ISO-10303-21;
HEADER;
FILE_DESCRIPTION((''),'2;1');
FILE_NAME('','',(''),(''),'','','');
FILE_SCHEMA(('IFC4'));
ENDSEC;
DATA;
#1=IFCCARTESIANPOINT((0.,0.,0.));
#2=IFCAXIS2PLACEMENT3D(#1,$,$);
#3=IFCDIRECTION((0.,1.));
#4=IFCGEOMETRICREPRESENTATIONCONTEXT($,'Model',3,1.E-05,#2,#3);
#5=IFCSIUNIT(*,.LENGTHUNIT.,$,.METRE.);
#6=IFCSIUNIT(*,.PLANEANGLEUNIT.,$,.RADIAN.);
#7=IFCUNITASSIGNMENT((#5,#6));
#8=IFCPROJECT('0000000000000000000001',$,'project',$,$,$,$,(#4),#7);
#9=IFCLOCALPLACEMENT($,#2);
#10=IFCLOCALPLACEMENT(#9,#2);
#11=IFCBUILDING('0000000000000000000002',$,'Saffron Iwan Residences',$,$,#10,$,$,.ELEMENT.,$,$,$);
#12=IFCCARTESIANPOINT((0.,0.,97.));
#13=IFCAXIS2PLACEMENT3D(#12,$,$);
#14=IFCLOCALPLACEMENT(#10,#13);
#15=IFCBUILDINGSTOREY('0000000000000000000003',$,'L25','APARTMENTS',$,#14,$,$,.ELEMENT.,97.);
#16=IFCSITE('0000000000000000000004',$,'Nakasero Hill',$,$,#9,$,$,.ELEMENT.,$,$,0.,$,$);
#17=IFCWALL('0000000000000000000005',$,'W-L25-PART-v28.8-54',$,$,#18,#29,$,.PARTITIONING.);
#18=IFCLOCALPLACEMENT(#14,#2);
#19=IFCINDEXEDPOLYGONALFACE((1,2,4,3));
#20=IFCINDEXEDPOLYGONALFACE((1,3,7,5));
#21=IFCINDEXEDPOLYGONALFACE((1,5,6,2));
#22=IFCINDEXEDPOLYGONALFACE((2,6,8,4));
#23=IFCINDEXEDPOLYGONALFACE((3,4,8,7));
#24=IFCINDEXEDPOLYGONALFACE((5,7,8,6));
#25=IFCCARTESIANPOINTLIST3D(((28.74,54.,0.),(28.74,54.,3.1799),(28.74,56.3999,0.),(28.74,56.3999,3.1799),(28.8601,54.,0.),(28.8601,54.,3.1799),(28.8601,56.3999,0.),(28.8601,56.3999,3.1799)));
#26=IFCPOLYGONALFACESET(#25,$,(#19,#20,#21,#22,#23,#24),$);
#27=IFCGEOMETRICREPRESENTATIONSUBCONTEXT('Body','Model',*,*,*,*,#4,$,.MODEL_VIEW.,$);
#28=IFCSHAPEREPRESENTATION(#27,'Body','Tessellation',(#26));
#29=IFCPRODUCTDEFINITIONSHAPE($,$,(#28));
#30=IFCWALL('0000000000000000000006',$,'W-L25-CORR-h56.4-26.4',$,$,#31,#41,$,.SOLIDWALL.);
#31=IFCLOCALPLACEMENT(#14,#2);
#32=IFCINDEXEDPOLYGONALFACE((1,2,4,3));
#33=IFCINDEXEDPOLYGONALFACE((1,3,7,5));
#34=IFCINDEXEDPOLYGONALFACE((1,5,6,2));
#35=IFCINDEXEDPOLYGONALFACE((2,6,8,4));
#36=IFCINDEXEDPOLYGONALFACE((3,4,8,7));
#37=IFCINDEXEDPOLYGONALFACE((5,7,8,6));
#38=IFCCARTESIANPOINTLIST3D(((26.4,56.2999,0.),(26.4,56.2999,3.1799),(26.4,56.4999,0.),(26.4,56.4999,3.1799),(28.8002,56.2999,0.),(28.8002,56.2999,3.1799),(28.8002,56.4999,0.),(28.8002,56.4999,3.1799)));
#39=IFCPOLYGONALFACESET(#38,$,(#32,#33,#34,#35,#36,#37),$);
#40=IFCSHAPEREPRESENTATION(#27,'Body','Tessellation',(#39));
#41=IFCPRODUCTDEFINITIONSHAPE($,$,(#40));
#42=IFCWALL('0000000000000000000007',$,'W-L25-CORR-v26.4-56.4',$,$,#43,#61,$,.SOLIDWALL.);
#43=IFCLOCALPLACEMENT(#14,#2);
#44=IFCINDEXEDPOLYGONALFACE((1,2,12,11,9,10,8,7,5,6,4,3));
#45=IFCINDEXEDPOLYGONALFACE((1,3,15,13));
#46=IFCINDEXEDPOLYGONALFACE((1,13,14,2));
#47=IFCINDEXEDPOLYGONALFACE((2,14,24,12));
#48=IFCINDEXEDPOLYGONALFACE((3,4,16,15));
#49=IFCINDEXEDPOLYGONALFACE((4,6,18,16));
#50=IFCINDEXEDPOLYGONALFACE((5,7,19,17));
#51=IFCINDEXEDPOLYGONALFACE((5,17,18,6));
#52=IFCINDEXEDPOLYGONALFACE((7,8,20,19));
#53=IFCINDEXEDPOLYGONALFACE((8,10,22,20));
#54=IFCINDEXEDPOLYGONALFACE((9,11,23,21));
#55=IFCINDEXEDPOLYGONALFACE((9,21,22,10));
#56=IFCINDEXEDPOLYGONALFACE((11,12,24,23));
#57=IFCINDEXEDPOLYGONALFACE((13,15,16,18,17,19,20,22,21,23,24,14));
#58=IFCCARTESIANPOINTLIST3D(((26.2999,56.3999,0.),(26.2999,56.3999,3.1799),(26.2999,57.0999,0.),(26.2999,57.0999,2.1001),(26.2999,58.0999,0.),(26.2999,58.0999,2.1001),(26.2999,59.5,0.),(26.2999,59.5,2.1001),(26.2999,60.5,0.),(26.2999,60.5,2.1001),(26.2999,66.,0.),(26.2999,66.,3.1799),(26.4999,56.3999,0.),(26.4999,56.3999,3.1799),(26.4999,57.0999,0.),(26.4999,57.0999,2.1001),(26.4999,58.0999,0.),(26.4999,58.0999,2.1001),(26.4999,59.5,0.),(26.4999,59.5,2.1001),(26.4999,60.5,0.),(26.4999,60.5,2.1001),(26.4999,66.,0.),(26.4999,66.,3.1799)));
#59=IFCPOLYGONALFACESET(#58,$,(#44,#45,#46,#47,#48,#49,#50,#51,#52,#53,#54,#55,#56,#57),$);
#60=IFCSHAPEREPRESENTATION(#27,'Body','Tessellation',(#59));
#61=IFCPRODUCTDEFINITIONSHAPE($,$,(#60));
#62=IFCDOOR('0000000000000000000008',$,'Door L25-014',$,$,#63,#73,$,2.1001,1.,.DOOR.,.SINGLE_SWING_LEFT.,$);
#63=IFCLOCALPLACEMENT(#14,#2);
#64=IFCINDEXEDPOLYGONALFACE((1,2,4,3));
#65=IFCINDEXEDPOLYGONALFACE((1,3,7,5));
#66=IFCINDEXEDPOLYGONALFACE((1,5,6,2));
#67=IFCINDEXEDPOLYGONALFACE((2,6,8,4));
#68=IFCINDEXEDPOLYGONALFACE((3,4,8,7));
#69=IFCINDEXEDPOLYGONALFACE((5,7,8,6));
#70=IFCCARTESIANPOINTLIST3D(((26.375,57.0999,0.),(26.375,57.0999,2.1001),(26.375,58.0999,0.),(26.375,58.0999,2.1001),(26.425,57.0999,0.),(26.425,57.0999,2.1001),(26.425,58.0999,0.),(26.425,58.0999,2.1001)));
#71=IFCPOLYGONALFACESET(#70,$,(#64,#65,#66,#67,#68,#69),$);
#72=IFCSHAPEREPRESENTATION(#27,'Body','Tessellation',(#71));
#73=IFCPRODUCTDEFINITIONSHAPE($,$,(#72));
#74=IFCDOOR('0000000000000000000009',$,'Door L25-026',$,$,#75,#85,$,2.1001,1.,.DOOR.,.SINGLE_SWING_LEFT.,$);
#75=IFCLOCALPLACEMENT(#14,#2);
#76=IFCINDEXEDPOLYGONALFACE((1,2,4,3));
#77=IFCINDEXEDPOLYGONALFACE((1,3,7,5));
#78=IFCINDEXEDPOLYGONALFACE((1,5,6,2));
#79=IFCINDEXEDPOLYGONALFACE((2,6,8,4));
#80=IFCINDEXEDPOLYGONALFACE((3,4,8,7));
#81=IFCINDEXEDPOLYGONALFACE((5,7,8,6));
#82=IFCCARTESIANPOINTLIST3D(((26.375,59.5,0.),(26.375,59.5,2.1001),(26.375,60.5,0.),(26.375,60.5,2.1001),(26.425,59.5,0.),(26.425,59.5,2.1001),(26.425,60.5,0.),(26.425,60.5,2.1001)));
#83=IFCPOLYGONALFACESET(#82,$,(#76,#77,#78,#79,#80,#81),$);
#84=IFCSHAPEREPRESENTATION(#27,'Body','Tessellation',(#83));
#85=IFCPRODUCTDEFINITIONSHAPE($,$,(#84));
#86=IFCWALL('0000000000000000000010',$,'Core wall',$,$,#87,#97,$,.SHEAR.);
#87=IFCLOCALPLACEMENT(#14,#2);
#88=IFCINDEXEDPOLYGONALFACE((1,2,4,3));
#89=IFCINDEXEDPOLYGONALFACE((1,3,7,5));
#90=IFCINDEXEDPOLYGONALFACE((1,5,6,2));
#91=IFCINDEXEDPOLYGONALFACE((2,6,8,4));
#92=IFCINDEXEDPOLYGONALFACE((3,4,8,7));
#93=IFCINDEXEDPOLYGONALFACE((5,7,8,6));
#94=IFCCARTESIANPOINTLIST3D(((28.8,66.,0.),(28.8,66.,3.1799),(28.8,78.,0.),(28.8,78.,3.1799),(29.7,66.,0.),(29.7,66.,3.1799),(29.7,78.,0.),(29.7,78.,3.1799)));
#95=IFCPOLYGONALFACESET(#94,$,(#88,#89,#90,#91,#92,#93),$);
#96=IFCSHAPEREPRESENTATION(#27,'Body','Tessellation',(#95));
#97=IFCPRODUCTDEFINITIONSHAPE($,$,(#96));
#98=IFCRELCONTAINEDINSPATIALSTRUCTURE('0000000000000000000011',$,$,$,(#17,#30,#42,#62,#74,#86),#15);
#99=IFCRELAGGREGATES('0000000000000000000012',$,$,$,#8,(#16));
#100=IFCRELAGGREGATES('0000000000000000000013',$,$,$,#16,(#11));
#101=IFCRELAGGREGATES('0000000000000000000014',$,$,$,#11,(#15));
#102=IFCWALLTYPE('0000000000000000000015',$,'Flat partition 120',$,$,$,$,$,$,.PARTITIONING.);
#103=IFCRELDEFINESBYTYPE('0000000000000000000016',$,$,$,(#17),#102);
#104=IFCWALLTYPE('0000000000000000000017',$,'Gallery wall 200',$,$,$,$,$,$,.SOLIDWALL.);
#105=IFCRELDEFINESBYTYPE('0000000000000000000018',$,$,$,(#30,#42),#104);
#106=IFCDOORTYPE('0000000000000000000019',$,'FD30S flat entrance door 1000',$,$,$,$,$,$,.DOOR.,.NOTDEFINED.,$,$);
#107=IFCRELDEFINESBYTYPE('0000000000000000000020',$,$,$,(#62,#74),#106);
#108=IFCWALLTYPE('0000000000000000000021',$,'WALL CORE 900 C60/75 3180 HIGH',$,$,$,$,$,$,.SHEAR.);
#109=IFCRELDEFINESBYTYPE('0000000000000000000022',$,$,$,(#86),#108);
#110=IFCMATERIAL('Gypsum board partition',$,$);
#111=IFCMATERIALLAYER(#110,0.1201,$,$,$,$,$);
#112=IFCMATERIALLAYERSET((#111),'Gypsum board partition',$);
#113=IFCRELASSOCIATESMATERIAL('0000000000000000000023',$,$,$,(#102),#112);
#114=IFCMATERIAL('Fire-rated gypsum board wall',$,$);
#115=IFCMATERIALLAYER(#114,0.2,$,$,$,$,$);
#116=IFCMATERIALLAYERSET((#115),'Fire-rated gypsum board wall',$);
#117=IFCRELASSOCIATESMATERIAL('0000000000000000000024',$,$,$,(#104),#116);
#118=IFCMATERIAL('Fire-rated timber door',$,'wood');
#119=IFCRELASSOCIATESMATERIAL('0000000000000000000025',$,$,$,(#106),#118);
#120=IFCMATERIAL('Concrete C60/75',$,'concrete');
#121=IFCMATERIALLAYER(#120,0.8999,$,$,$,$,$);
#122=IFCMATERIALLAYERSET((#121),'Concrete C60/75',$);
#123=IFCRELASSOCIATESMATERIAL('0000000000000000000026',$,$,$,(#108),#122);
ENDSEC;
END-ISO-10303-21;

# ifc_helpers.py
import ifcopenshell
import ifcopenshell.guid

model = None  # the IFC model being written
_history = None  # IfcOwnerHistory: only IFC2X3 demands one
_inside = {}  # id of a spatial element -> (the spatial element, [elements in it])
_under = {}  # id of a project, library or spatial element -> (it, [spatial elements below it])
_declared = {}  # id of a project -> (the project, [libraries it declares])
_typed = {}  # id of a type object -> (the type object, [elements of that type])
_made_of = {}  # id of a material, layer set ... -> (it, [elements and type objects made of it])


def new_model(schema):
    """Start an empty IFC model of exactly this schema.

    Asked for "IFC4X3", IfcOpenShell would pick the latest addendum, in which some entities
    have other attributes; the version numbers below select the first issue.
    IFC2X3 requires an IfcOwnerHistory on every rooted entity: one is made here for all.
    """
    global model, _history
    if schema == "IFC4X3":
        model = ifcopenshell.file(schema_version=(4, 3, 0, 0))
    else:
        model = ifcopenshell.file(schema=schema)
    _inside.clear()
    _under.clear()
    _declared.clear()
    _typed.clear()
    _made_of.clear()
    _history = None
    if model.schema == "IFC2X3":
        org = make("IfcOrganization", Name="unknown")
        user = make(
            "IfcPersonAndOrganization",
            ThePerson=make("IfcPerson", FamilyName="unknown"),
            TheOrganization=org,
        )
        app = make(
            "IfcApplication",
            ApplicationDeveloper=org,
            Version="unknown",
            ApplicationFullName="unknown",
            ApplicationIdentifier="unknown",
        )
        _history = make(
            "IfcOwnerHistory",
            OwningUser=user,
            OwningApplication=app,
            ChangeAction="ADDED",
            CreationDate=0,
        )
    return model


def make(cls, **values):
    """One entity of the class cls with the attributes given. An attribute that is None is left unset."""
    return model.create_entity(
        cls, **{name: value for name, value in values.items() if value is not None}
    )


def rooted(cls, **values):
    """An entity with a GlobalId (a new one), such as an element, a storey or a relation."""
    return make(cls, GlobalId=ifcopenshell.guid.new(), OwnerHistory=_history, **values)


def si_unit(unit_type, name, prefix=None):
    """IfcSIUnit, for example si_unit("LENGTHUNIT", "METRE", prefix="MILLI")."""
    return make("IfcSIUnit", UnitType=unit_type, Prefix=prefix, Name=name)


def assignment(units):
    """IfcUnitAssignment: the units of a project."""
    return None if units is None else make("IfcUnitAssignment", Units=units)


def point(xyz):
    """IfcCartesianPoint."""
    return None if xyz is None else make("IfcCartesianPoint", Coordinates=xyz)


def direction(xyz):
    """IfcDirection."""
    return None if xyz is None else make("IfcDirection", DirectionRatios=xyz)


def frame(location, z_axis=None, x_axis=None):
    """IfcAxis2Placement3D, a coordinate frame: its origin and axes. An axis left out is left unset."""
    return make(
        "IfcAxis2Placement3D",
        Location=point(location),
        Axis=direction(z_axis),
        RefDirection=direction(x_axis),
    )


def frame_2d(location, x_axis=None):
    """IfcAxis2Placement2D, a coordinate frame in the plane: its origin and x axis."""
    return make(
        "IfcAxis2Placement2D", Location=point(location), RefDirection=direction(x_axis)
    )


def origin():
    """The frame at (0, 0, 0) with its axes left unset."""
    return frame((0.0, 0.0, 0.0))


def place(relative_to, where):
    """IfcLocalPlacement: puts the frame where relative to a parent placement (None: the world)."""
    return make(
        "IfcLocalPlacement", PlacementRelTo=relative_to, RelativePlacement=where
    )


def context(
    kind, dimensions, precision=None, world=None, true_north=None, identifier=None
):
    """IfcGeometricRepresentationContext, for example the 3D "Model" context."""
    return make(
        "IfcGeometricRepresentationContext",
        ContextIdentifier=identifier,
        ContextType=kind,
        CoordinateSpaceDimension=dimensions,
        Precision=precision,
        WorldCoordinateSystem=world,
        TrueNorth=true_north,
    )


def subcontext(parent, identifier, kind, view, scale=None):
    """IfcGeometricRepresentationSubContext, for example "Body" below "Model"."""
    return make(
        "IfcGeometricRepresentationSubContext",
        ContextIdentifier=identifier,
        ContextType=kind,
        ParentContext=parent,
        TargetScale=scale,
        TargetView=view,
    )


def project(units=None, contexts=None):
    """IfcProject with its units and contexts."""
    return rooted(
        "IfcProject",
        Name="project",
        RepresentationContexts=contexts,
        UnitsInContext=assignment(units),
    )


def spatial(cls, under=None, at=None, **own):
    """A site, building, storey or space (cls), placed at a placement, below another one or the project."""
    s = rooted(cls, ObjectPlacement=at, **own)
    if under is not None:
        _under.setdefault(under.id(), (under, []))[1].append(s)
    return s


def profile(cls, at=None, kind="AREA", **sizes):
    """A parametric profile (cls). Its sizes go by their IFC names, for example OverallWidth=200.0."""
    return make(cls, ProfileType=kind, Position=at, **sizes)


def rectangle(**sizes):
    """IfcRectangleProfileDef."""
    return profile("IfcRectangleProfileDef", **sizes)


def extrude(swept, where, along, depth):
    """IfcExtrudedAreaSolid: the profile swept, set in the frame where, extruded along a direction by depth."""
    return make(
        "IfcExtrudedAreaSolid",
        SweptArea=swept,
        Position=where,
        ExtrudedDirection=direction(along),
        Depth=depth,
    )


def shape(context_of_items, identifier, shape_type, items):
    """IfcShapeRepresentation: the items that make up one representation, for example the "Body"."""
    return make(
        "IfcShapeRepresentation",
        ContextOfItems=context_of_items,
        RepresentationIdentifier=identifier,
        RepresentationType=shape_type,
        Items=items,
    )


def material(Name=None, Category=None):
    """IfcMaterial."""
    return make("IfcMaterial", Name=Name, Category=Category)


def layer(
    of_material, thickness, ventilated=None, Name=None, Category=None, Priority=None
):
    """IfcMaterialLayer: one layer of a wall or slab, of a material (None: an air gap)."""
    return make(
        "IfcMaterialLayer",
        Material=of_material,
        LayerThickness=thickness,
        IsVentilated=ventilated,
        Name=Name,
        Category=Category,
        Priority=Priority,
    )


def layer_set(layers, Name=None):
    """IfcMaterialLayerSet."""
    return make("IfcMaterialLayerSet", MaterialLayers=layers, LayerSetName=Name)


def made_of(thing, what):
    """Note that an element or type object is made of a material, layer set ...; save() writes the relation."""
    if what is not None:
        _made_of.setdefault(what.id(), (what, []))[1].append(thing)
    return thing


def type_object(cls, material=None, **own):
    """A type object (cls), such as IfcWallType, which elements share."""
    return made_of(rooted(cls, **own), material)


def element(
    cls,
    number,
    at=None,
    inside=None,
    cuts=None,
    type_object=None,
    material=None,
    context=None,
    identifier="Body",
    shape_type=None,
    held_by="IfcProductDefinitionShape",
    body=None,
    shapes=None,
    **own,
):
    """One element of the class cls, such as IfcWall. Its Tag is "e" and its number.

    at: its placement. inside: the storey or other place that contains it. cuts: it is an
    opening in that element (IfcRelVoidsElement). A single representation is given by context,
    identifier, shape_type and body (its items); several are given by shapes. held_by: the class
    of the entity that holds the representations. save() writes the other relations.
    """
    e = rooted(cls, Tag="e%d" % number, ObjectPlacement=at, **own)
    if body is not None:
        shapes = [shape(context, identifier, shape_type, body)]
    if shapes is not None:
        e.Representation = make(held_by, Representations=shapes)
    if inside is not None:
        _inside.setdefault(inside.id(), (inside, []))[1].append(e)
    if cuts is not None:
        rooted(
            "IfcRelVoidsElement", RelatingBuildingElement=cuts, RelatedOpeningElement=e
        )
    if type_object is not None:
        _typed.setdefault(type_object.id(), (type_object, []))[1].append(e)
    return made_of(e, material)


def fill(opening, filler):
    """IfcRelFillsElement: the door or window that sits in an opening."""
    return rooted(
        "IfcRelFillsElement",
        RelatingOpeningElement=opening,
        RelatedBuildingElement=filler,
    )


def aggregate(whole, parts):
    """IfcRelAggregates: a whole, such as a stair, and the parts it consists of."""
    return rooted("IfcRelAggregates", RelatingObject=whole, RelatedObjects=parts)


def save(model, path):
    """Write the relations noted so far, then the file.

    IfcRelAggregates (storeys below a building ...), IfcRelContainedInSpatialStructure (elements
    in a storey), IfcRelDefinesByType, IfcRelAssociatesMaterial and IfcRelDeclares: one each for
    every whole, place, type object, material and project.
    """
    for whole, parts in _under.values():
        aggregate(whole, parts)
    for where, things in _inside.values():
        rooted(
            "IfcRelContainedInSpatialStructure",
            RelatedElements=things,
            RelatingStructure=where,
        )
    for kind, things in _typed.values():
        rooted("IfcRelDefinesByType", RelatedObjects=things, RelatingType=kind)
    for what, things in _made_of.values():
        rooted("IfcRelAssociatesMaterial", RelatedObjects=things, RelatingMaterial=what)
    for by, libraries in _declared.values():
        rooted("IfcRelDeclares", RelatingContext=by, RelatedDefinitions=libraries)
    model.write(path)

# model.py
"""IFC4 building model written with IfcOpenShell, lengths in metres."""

from ifc_helpers import new_model, si_unit, direction, frame, frame_2d, origin, place, context, subcontext, project, spatial, rectangle, extrude, material, layer, layer_set, type_object, element, fill, save


model = new_model("IFC4")

# Units and contexts
model_context = context("Model", 3, precision=1e-05, world=origin(), true_north=direction((0.0, 1.0)))
body_context = subcontext(model_context, "Body", "Model", "MODEL_VIEW")
ifc_project = project(units=[si_unit("LENGTHUNIT", "METRE"), si_unit("PLANEANGLEUNIT", "RADIAN")], contexts=[model_context])

# Site, building, storey
site_placement = place(None, origin())
site = spatial("IfcSite", under=ifc_project, at=site_placement, Name="Nakasero Hill", CompositionType="ELEMENT", RefElevation=0.0)
building_placement = place(site_placement, origin())
building = spatial("IfcBuilding", under=site, at=building_placement, Name="Saffron Iwan Residences", CompositionType="ELEMENT")
storey_placement = place(building_placement, frame((0.0, 0.0, 97.0)))
storey = spatial("IfcBuildingStorey", under=building, at=storey_placement, Name="L25", Description="APARTMENTS", CompositionType="ELEMENT", Elevation=97.0)

# Shared definitions
ifc_material_1 = material(Name="Concrete C60/75", Category="concrete")

# Shared definitions
ifc_material_2 = material(Name="Gypsum board partition")
ifc_layer_1 = layer(ifc_material_2, 0.1201)
ifc_layer_set_1 = layer_set([ifc_layer_1], Name="Gypsum board partition")
wall_type_1 = type_object("IfcWallType", Name="Flat partition 120", PredefinedType="PARTITIONING", material=ifc_layer_set_1)

# Walls
wall_1_placement = place(storey_placement, frame((28.8, 54.0, 0.0), z_axis=(0.0, 0.0, 1.0), x_axis=(0.0, 1.0, 0.0)))
element("IfcWall", 1, at=wall_1_placement, inside=storey, type_object=wall_type_1, Name="W-L25-PART-v28.8-54", PredefinedType="PARTITIONING", context=body_context, shape_type="SweptSolid", body=[
    extrude(rectangle(XDim=2.3999, YDim=0.1201, at=frame_2d((1.2, 0.0))), origin(), (0.0, 0.0, 1.0), 3.1799),
])
ifc_material_3 = material(Name="Fire-rated gypsum board wall")
ifc_layer_2 = layer(ifc_material_3, 0.2)
ifc_layer_set_2 = layer_set([ifc_layer_2], Name="Fire-rated gypsum board wall")
wall_type_2 = type_object("IfcWallType", Name="Gallery wall 200", PredefinedType="SOLIDWALL", material=ifc_layer_set_2)
wall_2_placement = place(storey_placement, frame((26.3999, 56.3999, 0.0), z_axis=(0.0, 0.0, 1.0), x_axis=(1.0, 0.0, 0.0)))
element("IfcWall", 2, at=wall_2_placement, inside=storey, type_object=wall_type_2, Name="W-L25-CORR-h56.4-26.4", PredefinedType="SOLIDWALL", context=body_context, shape_type="SweptSolid", body=[
    extrude(rectangle(XDim=2.4001, YDim=0.2, at=frame_2d((1.2002, 0.0))), origin(), (0.0, 0.0, 1.0), 3.1799),
])

# Wall, openings, doors
wall_3_placement = place(storey_placement, frame((26.3999, 56.3999, 0.0), z_axis=(0.0, 0.0, 1.0), x_axis=(0.0, 1.0, 0.0)))
wall_3 = element("IfcWall", 3, at=wall_3_placement, inside=storey, type_object=wall_type_2, Name="W-L25-CORR-v26.4-56.4", PredefinedType="SOLIDWALL", context=body_context, shape_type="SweptSolid", body=[
    extrude(rectangle(XDim=9.6001, YDim=0.2, at=frame_2d((4.8, 0.0))), origin(), (0.0, 0.0, 1.0), 3.1799),
])
opening_1_placement = place(wall_3_placement, frame((0.7, 0.0, 0.0)))
opening_1 = element("IfcOpeningElement", 4, at=opening_1_placement, cuts=wall_3, PredefinedType="OPENING", context=body_context, shape_type="SweptSolid", body=[
    extrude(rectangle(XDim=1.0, YDim=2.1001, at=frame_2d((0.5, 1.05))), frame((0.0, 0.1099, 0.0), z_axis=(0.0, -1.0, 0.0), x_axis=(1.0, 0.0, 0.0)), (0.0, 0.0, 1.0), 0.22),
])
opening_2_placement = place(wall_3_placement, frame((3.1001, 0.0, 0.0)))
opening_2 = element("IfcOpeningElement", 5, at=opening_2_placement, cuts=wall_3, PredefinedType="OPENING", context=body_context, shape_type="SweptSolid", body=[
    extrude(rectangle(XDim=1.0, YDim=2.1001, at=frame_2d((0.5, 1.05))), frame((0.0, 0.1099, 0.0), z_axis=(0.0, -1.0, 0.0), x_axis=(1.0, 0.0, 0.0)), (0.0, 0.0, 1.0), 0.22),
])
ifc_material_4 = material(Name="Fire-rated timber door", Category="wood")
door_type_1 = type_object("IfcDoorType", Name="FD30S flat entrance door 1000", OperationType="NOTDEFINED", PredefinedType="DOOR", material=ifc_material_4)
door_1_placement = place(opening_1_placement, origin())
door_1 = element("IfcDoor", 6, at=door_1_placement, inside=storey, type_object=door_type_1, Name="Door L25-014", OperationType="SINGLE_SWING_LEFT", OverallHeight=2.1001, OverallWidth=1.0, PredefinedType="DOOR", context=body_context, shape_type="SweptSolid", body=[
    extrude(rectangle(XDim=1.0, YDim=2.1001, at=frame_2d((0.5, 1.05))), frame((0.0, 0.0249, 0.0), z_axis=(0.0, -1.0, 0.0), x_axis=(1.0, 0.0, 0.0)), (0.0, 0.0, 1.0), 0.05),
])
fill(opening_1, door_1)
door_2_placement = place(opening_2_placement, origin())
door_2 = element("IfcDoor", 7, at=door_2_placement, inside=storey, type_object=door_type_1, Name="Door L25-026", OperationType="SINGLE_SWING_LEFT", OverallHeight=2.1001, OverallWidth=1.0, PredefinedType="DOOR", context=body_context, shape_type="SweptSolid", body=[
    extrude(rectangle(XDim=1.0, YDim=2.1001, at=frame_2d((0.5, 1.05))), frame((0.0, 0.0249, 0.0), z_axis=(0.0, -1.0, 0.0), x_axis=(1.0, 0.0, 0.0)), (0.0, 0.0, 1.0), 0.05),
])
fill(opening_2, door_2)

# Wall
ifc_layer_3 = layer(ifc_material_1, 0.8999)
ifc_layer_set_3 = layer_set([ifc_layer_3], Name="Concrete C60/75")
wall_type_3 = type_object("IfcWallType", Name="WALL CORE 900 C60/75 3180 HIGH", PredefinedType="SHEAR", material=ifc_layer_set_3)
wall_4_placement = place(storey_placement, frame((29.25, 66.0, 0.0), z_axis=(0.0, 0.0, 1.0), x_axis=(0.0, 1.0, 0.0)))
element("IfcWall", 8, at=wall_4_placement, inside=storey, type_object=wall_type_3, Name="Core wall", PredefinedType="SHEAR", context=body_context, shape_type="SweptSolid", body=[
    extrude(rectangle(XDim=12.0, YDim=0.8999, at=frame_2d((6.0, 0.0))), origin(), (0.0, 0.0, 1.0), 3.1799),
])

save(model, "model.ifc")
